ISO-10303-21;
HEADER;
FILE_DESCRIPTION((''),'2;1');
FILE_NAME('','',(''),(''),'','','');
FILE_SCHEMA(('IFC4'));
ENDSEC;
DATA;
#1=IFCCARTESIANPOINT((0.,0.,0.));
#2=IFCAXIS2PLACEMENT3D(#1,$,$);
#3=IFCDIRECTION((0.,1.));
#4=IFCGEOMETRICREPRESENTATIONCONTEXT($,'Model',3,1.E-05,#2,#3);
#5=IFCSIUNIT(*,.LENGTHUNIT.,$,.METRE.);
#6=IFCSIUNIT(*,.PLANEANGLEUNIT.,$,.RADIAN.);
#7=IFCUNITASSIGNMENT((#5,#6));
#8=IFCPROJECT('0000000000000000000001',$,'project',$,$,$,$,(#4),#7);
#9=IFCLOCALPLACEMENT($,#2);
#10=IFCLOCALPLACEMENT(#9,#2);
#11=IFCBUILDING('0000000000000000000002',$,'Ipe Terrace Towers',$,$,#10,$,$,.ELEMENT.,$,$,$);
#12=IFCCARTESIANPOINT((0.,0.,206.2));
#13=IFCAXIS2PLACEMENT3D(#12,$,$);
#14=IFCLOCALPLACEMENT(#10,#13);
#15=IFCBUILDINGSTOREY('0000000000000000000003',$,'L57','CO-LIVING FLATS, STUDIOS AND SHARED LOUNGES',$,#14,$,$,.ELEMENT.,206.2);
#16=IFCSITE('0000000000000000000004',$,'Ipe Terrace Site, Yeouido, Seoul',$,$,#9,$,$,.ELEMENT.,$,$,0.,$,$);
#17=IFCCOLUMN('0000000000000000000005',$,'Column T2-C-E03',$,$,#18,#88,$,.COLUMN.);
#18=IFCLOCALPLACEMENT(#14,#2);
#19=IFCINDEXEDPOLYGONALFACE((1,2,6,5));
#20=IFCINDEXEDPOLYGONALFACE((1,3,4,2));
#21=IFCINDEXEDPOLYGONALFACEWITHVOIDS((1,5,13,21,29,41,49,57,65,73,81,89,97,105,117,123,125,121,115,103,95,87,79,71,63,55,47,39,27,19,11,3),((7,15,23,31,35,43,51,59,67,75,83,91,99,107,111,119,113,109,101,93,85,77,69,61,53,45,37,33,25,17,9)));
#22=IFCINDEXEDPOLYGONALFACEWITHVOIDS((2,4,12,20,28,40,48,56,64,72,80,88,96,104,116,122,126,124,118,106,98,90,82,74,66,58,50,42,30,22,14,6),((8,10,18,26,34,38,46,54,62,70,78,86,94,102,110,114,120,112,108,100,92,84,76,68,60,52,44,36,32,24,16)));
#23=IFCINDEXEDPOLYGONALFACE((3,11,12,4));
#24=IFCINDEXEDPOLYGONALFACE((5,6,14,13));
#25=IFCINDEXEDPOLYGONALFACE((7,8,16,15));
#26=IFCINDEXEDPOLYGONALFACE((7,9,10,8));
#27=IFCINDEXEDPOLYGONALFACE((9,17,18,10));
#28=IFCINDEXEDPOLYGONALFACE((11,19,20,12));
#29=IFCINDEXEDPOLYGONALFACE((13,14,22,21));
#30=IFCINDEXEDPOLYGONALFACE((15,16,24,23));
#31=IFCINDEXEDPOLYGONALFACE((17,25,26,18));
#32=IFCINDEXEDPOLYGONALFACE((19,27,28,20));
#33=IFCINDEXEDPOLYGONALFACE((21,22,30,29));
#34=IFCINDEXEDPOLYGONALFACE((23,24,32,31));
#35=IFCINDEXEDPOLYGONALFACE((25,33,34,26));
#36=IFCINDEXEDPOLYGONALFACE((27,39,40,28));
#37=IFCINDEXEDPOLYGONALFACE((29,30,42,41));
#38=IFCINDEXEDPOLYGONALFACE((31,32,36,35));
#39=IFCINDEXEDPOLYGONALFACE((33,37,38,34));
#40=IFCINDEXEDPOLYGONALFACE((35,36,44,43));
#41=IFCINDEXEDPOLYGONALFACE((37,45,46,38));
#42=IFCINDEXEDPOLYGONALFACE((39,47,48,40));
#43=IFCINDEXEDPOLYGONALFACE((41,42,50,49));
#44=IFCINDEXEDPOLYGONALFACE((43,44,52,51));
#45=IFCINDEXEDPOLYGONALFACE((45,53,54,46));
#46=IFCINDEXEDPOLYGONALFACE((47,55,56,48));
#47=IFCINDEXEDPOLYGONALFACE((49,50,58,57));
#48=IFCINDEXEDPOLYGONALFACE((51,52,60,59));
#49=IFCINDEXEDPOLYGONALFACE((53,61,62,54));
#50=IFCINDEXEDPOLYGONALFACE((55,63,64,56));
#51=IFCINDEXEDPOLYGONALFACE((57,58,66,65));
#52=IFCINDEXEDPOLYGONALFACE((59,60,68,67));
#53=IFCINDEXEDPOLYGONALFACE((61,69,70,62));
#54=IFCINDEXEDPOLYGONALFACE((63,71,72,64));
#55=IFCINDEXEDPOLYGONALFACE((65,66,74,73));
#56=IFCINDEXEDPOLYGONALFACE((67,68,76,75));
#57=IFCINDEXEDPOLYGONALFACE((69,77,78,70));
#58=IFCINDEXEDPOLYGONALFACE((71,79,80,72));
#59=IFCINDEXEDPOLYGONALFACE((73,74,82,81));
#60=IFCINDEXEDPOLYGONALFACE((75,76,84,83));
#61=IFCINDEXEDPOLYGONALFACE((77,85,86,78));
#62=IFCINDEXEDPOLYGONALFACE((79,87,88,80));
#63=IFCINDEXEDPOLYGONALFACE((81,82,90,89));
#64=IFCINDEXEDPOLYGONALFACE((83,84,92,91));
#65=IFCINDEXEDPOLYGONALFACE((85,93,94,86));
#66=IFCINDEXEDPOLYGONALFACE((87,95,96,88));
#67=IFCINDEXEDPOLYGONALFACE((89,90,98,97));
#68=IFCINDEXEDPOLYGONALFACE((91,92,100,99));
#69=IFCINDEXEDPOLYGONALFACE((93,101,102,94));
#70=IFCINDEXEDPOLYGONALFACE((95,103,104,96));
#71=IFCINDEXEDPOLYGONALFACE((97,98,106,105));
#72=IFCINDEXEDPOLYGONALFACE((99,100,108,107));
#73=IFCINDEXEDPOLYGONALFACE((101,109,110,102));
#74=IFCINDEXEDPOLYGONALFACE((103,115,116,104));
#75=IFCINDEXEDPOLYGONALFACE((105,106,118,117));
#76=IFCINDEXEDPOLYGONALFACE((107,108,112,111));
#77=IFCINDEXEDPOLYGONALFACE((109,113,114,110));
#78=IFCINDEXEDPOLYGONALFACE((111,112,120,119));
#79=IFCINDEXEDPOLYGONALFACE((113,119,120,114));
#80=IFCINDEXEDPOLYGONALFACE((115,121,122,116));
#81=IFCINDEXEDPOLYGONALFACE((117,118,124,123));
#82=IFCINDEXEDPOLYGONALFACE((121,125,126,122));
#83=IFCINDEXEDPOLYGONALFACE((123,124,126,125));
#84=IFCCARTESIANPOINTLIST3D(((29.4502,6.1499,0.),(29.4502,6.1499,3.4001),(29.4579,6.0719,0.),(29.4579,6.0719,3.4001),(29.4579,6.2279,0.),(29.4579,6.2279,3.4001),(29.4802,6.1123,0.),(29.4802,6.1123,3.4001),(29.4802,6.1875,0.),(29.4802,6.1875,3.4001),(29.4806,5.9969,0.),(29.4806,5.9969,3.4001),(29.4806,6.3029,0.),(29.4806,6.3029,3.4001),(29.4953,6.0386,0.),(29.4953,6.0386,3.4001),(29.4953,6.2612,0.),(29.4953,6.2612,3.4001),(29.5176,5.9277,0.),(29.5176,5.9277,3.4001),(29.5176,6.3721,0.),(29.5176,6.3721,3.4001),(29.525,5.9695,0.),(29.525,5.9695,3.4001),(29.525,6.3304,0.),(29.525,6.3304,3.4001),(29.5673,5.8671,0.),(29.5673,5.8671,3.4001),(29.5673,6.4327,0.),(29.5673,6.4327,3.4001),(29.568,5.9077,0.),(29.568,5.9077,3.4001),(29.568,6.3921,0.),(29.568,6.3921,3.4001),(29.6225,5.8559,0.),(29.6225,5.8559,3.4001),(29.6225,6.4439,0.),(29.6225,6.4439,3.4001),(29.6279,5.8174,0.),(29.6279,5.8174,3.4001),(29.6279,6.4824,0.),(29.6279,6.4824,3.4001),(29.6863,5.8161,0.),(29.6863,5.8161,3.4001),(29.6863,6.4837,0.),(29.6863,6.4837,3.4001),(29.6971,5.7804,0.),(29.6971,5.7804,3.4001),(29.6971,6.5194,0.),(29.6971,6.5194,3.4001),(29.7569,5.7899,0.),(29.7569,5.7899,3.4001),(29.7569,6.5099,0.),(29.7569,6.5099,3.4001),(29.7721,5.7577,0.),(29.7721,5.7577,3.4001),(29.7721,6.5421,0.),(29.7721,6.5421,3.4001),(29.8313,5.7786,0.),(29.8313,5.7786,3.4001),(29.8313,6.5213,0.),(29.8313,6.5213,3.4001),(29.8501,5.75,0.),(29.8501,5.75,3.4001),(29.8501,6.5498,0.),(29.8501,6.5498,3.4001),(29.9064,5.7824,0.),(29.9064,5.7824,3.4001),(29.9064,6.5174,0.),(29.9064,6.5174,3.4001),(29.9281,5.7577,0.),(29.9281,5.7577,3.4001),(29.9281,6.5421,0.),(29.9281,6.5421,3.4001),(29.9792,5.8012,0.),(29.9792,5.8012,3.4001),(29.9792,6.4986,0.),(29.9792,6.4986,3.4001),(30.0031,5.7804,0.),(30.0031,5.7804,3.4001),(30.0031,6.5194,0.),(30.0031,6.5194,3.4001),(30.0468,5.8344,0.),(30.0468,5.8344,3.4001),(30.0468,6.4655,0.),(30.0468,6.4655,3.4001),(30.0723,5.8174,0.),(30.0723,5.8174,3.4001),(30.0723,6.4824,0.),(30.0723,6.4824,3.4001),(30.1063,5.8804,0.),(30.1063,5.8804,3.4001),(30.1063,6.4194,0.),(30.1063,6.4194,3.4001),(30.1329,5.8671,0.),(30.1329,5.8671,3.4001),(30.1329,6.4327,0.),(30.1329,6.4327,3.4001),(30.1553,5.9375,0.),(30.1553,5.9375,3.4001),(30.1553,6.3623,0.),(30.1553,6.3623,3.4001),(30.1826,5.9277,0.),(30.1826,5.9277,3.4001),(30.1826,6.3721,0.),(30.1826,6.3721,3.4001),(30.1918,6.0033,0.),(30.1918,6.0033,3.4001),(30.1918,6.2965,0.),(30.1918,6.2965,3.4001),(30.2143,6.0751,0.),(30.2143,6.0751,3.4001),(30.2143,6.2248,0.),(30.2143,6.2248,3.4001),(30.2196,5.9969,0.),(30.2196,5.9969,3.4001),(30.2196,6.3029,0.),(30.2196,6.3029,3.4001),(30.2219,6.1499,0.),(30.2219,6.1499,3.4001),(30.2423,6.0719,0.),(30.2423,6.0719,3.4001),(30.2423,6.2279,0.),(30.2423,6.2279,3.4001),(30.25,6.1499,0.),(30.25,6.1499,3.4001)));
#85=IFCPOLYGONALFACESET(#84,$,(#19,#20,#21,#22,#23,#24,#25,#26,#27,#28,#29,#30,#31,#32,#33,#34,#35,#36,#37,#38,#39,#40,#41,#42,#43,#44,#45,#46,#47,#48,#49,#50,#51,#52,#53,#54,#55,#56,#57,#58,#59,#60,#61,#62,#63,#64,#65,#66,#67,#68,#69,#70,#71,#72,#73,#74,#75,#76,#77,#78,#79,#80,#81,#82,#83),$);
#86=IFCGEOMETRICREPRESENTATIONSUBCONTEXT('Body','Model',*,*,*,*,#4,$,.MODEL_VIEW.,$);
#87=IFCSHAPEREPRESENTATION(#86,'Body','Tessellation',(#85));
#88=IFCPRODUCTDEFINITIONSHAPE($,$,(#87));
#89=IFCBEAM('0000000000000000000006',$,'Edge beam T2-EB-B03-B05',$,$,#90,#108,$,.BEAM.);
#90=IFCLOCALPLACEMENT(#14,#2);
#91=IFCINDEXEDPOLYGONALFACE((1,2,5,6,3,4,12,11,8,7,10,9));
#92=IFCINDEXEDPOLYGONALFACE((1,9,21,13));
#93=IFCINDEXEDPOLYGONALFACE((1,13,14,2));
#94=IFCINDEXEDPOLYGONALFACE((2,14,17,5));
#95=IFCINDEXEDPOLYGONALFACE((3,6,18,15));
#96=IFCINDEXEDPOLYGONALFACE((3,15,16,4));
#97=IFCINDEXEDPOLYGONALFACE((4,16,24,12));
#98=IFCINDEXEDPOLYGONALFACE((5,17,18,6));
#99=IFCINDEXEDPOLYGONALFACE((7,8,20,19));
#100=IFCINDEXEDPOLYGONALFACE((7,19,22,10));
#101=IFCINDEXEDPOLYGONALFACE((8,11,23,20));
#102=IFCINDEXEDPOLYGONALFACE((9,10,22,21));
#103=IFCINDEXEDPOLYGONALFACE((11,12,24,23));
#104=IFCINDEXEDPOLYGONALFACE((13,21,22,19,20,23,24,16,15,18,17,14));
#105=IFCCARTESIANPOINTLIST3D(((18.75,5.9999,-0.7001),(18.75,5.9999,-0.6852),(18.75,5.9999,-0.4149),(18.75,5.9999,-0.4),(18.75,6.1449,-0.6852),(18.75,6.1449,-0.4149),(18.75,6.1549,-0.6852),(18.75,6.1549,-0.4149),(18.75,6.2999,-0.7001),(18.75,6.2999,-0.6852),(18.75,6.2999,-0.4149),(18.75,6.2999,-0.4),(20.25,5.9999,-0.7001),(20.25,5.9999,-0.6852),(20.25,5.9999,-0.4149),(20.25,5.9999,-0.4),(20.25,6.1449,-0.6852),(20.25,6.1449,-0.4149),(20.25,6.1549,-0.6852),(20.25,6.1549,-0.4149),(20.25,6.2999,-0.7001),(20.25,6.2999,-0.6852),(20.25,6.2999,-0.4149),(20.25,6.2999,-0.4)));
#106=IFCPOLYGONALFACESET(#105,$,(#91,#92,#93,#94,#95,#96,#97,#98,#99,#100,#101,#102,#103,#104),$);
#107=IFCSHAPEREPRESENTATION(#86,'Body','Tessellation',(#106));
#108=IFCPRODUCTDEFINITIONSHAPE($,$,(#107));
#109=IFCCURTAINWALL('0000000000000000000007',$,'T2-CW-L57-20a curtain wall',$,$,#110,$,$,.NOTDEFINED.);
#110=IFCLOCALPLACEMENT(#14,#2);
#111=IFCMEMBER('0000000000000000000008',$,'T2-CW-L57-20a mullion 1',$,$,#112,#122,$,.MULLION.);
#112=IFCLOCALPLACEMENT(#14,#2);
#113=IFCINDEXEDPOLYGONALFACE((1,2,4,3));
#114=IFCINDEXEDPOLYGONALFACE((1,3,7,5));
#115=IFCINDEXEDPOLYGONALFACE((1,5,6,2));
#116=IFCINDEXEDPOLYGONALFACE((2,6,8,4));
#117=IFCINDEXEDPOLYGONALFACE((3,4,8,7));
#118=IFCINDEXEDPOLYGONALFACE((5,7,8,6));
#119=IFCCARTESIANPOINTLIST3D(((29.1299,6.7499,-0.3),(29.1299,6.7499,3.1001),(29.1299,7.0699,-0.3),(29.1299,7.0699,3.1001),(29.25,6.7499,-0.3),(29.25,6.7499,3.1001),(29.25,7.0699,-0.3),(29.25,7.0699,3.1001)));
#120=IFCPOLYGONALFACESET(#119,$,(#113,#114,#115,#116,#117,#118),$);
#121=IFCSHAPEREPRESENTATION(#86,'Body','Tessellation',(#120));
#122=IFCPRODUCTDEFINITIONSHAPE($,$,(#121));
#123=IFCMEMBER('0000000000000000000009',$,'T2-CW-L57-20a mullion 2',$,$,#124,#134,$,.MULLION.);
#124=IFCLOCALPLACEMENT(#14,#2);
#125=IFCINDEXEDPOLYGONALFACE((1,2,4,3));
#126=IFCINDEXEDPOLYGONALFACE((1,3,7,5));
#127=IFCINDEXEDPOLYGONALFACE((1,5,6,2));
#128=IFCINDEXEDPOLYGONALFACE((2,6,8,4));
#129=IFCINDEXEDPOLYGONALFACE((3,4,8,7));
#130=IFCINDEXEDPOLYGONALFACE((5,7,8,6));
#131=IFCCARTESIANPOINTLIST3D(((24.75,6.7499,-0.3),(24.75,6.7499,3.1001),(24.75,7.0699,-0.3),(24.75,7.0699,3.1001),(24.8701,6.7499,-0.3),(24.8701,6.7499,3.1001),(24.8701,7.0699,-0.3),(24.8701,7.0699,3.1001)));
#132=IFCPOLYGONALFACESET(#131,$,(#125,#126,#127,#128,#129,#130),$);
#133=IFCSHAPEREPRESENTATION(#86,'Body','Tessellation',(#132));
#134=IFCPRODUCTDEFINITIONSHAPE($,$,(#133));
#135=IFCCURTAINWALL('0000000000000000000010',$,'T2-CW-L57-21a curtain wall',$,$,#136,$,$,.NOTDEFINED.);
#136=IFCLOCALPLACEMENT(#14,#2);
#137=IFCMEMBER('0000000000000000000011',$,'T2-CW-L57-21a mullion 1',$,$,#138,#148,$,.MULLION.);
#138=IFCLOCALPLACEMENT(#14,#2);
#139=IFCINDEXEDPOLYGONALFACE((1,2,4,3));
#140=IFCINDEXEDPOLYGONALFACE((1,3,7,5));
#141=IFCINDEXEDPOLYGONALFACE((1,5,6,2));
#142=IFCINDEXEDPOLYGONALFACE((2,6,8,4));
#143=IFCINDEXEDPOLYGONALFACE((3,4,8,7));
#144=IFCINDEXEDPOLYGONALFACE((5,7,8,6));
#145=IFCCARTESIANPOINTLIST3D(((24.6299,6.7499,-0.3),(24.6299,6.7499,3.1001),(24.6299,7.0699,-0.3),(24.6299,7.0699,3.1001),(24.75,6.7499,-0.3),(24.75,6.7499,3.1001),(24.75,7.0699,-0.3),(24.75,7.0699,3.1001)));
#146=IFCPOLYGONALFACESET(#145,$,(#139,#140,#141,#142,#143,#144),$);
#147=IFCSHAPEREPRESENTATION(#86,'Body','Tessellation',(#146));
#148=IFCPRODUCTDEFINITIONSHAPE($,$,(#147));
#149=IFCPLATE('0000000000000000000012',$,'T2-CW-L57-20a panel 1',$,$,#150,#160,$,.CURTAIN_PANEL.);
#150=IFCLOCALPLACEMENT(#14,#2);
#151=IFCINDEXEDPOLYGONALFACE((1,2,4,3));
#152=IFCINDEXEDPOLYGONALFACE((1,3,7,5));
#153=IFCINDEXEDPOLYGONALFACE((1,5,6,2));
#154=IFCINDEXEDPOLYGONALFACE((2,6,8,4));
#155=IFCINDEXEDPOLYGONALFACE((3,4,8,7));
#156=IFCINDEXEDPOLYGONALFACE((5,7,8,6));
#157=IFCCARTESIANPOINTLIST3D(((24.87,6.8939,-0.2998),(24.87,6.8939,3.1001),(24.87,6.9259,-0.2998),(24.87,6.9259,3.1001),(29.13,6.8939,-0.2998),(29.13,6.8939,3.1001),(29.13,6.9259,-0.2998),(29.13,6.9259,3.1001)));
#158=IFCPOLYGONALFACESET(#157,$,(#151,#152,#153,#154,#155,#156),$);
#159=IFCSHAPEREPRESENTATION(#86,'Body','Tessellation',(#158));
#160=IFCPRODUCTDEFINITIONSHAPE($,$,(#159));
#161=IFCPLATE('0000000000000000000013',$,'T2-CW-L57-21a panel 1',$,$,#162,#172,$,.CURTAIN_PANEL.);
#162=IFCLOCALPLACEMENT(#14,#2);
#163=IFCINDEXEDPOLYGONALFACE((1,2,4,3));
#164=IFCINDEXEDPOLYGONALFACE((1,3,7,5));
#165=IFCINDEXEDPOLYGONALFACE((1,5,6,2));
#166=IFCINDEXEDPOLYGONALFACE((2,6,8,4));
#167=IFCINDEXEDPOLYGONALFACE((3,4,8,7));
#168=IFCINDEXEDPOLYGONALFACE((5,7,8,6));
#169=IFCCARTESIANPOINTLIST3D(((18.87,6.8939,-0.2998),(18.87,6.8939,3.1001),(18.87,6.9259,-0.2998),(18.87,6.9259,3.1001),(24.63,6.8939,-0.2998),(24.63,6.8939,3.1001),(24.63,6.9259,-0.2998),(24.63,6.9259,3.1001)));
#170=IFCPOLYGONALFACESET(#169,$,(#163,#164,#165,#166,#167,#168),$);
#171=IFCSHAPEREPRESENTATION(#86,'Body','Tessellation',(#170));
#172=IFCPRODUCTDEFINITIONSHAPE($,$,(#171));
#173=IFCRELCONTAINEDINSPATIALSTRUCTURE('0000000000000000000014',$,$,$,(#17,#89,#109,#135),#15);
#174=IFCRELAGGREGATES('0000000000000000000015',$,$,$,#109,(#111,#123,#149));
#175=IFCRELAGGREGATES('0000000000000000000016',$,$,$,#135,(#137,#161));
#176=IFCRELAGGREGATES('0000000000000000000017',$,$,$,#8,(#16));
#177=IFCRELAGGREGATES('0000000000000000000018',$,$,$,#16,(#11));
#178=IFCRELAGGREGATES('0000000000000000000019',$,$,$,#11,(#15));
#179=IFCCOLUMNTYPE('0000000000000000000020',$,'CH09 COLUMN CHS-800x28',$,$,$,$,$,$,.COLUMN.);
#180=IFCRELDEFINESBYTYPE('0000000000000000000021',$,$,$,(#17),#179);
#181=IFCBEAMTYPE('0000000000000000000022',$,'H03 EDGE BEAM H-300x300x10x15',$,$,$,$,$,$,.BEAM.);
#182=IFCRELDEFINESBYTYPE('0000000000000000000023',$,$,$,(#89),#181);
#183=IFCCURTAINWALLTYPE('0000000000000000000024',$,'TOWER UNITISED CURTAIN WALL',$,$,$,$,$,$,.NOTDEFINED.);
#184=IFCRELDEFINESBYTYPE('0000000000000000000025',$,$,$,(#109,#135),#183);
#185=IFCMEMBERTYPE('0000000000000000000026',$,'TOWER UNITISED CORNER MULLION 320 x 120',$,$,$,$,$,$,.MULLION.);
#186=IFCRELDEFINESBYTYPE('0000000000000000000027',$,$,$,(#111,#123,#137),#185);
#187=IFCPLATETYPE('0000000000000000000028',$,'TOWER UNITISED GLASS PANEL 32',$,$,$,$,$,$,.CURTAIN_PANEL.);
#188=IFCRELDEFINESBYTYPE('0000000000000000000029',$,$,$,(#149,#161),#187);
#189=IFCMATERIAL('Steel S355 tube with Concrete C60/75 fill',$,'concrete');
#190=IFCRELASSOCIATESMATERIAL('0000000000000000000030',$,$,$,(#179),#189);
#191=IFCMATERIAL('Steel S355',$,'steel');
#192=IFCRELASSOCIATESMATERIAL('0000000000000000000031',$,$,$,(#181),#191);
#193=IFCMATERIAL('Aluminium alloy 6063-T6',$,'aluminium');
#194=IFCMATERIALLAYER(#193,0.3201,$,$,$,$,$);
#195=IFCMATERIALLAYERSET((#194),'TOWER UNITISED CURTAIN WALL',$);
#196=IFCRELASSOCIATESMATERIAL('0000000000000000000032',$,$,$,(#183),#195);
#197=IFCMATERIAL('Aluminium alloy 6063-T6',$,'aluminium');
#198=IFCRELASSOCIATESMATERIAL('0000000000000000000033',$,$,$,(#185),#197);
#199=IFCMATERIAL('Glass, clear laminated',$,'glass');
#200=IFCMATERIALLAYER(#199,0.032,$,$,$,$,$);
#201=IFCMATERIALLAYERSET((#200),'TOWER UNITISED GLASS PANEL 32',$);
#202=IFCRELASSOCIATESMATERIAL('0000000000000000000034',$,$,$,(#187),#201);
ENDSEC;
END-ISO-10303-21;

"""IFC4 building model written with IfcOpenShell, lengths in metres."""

from ifc_helpers import new_model, si_unit, direction, frame, origin, origin_2d, place, context, subcontext, project, spatial, rectangle, hollow_circle, i_section, extrude, material, layer, layer_set, material_profile, profile_set, type_object, element, aggregate, save


model = new_model("IFC4")

# Units and contexts
model_context = context("Model", 3, precision=1e-05, world=origin(), true_north=direction((0.0, 1.0)))
body_context = subcontext(model_context, "Body", "Model", "MODEL_VIEW")
ifc_project = project(units=[si_unit("LENGTHUNIT", "METRE"), si_unit("PLANEANGLEUNIT", "RADIAN")], contexts=[model_context])

# Site, building, storey
site_placement = place(None, origin())
site = spatial("IfcSite", under=ifc_project, at=site_placement, Name="Ipe Terrace Site, Yeouido, Seoul", CompositionType="ELEMENT", RefElevation=0.0)
building_placement = place(site_placement, origin())
building = spatial("IfcBuilding", under=site, at=building_placement, Name="Ipe Terrace Towers", CompositionType="ELEMENT")
storey_placement = place(building_placement, frame((0.0, 0.0, 206.2)))
storey = spatial("IfcBuildingStorey", under=building, at=storey_placement, Name="L57", Description="CO-LIVING FLATS, STUDIOS AND SHARED LOUNGES", CompositionType="ELEMENT", Elevation=206.2)

# Column
ifc_material_1 = material(Name="Steel S355 tube with Concrete C60/75 fill", Category="concrete")
ifc_material_profile_1 = material_profile(ifc_material_1, hollow_circle(Radius=0.3999, WallThickness=0.0281, at=origin_2d()), Name="CHS-800x28")
ifc_profile_set_1 = profile_set([ifc_material_profile_1], Name="Steel S355 tube with Concrete C60/75 fill")
column_type = type_object("IfcColumnType", Name="CH09 COLUMN CHS-800x28", PredefinedType="COLUMN", material=ifc_profile_set_1)
column_placement = place(storey_placement, frame((29.8501, 6.1499, 0.0), z_axis=(0.0, 0.0, 1.0), x_axis=(1.0, 0.0, 0.0)))
element("IfcColumn", 1, at=column_placement, inside=storey, type_object=column_type, Name="Column T2-C-E03", PredefinedType="COLUMN", context=body_context, shape_type="SweptSolid", body=[
    extrude(hollow_circle(Radius=0.3999, WallThickness=0.0281, at=origin_2d()), origin(), (0.0, 0.0, 1.0), 3.4001),
])

# Beam
ifc_material_2 = material(Name="Steel S355", Category="steel")
ifc_material_profile_2 = material_profile(ifc_material_2, i_section(OverallWidth=0.3, OverallDepth=0.3, WebThickness=0.01, FlangeThickness=0.0149, at=origin_2d()), Name="H-300x300x10x15")
ifc_profile_set_2 = profile_set([ifc_material_profile_2], Name="Steel S355")
beam_type = type_object("IfcBeamType", Name="H03 EDGE BEAM H-300x300x10x15", PredefinedType="BEAM", material=ifc_profile_set_2)
beam_placement = place(storey_placement, frame((20.25, 6.1499, -0.55), z_axis=(-1.0, 0.0, 0.0), x_axis=(0.0, -1.0, 0.0)))
element("IfcBeam", 2, at=beam_placement, inside=storey, type_object=beam_type, Name="Edge beam T2-EB-B03-B05", PredefinedType="BEAM", context=body_context, shape_type="SweptSolid", body=[
    extrude(i_section(OverallWidth=0.3, OverallDepth=0.3, WebThickness=0.01, FlangeThickness=0.0149, at=origin_2d()), origin(), (0.0, 0.0, 1.0), 1.5),
])

# Curtain wall, members
ifc_material_3 = material(Name="Aluminium alloy 6063-T6", Category="aluminium")
ifc_layer_1 = layer(ifc_material_3, 0.3201)
ifc_layer_set_1 = layer_set([ifc_layer_1], Name="TOWER UNITISED CURTAIN WALL")
curtain_wall_type = type_object("IfcCurtainWallType", Name="TOWER UNITISED CURTAIN WALL", PredefinedType="NOTDEFINED", material=ifc_layer_set_1)
curtain_wall_1_placement = place(storey_placement, origin())
curtain_wall_1 = element("IfcCurtainWall", 3, at=curtain_wall_1_placement, inside=storey, type_object=curtain_wall_type, Name="T2-CW-L57-20a curtain wall", PredefinedType="NOTDEFINED")
ifc_material_4 = material(Name="Aluminium alloy 6063-T6", Category="aluminium")
ifc_material_profile_3 = material_profile(ifc_material_4, rectangle(XDim=0.3201, YDim=0.1201, at=origin_2d()), Name="TOWER UNITISED CORNER MULLION 320 x 120")
ifc_profile_set_3 = profile_set([ifc_material_profile_3], Name="Aluminium alloy 6063-T6")
member_type = type_object("IfcMemberType", Name="TOWER UNITISED CORNER MULLION 320 x 120", PredefinedType="MULLION", material=ifc_profile_set_3)
member_1_placement = place(storey_placement, frame((29.1899, 6.9099, -0.3), z_axis=(0.0, 0.0, 1.0), x_axis=(0.0, 1.0, 0.0)))
member_1 = element("IfcMember", 4, at=member_1_placement, type_object=member_type, Name="T2-CW-L57-20a mullion 1", PredefinedType="MULLION", context=body_context, shape_type="SweptSolid", body=[
    extrude(rectangle(XDim=0.3201, YDim=0.1201, at=origin_2d()), origin(), (0.0, 0.0, 1.0), 3.4001),
])
member_2_placement = place(storey_placement, frame((24.8101, 6.9099, -0.3), z_axis=(0.0, 0.0, 1.0), x_axis=(0.0, 1.0, 0.0)))
member_2 = element("IfcMember", 5, at=member_2_placement, type_object=member_type, Name="T2-CW-L57-20a mullion 2", PredefinedType="MULLION", context=body_context, shape_type="SweptSolid", body=[
    extrude(rectangle(XDim=0.3201, YDim=0.1201, at=origin_2d()), origin(), (0.0, 0.0, 1.0), 3.4001),
])

# Curtain wall, member
curtain_wall_2_placement = place(storey_placement, origin())
curtain_wall_2 = element("IfcCurtainWall", 6, at=curtain_wall_2_placement, inside=storey, type_object=curtain_wall_type, Name="T2-CW-L57-21a curtain wall", PredefinedType="NOTDEFINED")
member_3_placement = place(storey_placement, frame((24.6899, 6.9099, -0.3), z_axis=(0.0, 0.0, 1.0), x_axis=(0.0, 1.0, 0.0)))
member_3 = element("IfcMember", 7, at=member_3_placement, type_object=member_type, Name="T2-CW-L57-21a mullion 1", PredefinedType="MULLION", context=body_context, shape_type="SweptSolid", body=[
    extrude(rectangle(XDim=0.3201, YDim=0.1201, at=origin_2d()), origin(), (0.0, 0.0, 1.0), 3.4001),
])

# Plates
ifc_material_5 = material(Name="Glass, clear laminated", Category="glass")
ifc_layer_2 = layer(ifc_material_5, 0.032)
ifc_layer_set_2 = layer_set([ifc_layer_2], Name="TOWER UNITISED GLASS PANEL 32")
plate_type = type_object("IfcPlateType", Name="TOWER UNITISED GLASS PANEL 32", PredefinedType="CURTAIN_PANEL", material=ifc_layer_set_2)
plate_1_placement = place(storey_placement, frame((27.0, 6.9099, -0.2998), z_axis=(0.0, 0.0, 1.0), x_axis=(-1.0, 0.0, 0.0)))
plate_1 = element("IfcPlate", 8, at=plate_1_placement, type_object=plate_type, Name="T2-CW-L57-20a panel 1", PredefinedType="CURTAIN_PANEL", context=body_context, shape_type="SweptSolid", body=[
    extrude(rectangle(XDim=4.26, YDim=0.032, at=origin_2d()), origin(), (0.0, 0.0, 1.0), 3.3999),
])
aggregate(curtain_wall_1, [member_1, member_2, plate_1])
plate_2_placement = place(storey_placement, frame((21.75, 6.9099, -0.2998), z_axis=(0.0, 0.0, 1.0), x_axis=(-1.0, 0.0, 0.0)))
plate_2 = element("IfcPlate", 9, at=plate_2_placement, type_object=plate_type, Name="T2-CW-L57-21a panel 1", PredefinedType="CURTAIN_PANEL", context=body_context, shape_type="SweptSolid", body=[
    extrude(rectangle(XDim=5.76, YDim=0.032, at=origin_2d()), origin(), (0.0, 0.0, 1.0), 3.3999),
])
aggregate(curtain_wall_2, [member_3, plate_2])

save(model, "model.ifc")
